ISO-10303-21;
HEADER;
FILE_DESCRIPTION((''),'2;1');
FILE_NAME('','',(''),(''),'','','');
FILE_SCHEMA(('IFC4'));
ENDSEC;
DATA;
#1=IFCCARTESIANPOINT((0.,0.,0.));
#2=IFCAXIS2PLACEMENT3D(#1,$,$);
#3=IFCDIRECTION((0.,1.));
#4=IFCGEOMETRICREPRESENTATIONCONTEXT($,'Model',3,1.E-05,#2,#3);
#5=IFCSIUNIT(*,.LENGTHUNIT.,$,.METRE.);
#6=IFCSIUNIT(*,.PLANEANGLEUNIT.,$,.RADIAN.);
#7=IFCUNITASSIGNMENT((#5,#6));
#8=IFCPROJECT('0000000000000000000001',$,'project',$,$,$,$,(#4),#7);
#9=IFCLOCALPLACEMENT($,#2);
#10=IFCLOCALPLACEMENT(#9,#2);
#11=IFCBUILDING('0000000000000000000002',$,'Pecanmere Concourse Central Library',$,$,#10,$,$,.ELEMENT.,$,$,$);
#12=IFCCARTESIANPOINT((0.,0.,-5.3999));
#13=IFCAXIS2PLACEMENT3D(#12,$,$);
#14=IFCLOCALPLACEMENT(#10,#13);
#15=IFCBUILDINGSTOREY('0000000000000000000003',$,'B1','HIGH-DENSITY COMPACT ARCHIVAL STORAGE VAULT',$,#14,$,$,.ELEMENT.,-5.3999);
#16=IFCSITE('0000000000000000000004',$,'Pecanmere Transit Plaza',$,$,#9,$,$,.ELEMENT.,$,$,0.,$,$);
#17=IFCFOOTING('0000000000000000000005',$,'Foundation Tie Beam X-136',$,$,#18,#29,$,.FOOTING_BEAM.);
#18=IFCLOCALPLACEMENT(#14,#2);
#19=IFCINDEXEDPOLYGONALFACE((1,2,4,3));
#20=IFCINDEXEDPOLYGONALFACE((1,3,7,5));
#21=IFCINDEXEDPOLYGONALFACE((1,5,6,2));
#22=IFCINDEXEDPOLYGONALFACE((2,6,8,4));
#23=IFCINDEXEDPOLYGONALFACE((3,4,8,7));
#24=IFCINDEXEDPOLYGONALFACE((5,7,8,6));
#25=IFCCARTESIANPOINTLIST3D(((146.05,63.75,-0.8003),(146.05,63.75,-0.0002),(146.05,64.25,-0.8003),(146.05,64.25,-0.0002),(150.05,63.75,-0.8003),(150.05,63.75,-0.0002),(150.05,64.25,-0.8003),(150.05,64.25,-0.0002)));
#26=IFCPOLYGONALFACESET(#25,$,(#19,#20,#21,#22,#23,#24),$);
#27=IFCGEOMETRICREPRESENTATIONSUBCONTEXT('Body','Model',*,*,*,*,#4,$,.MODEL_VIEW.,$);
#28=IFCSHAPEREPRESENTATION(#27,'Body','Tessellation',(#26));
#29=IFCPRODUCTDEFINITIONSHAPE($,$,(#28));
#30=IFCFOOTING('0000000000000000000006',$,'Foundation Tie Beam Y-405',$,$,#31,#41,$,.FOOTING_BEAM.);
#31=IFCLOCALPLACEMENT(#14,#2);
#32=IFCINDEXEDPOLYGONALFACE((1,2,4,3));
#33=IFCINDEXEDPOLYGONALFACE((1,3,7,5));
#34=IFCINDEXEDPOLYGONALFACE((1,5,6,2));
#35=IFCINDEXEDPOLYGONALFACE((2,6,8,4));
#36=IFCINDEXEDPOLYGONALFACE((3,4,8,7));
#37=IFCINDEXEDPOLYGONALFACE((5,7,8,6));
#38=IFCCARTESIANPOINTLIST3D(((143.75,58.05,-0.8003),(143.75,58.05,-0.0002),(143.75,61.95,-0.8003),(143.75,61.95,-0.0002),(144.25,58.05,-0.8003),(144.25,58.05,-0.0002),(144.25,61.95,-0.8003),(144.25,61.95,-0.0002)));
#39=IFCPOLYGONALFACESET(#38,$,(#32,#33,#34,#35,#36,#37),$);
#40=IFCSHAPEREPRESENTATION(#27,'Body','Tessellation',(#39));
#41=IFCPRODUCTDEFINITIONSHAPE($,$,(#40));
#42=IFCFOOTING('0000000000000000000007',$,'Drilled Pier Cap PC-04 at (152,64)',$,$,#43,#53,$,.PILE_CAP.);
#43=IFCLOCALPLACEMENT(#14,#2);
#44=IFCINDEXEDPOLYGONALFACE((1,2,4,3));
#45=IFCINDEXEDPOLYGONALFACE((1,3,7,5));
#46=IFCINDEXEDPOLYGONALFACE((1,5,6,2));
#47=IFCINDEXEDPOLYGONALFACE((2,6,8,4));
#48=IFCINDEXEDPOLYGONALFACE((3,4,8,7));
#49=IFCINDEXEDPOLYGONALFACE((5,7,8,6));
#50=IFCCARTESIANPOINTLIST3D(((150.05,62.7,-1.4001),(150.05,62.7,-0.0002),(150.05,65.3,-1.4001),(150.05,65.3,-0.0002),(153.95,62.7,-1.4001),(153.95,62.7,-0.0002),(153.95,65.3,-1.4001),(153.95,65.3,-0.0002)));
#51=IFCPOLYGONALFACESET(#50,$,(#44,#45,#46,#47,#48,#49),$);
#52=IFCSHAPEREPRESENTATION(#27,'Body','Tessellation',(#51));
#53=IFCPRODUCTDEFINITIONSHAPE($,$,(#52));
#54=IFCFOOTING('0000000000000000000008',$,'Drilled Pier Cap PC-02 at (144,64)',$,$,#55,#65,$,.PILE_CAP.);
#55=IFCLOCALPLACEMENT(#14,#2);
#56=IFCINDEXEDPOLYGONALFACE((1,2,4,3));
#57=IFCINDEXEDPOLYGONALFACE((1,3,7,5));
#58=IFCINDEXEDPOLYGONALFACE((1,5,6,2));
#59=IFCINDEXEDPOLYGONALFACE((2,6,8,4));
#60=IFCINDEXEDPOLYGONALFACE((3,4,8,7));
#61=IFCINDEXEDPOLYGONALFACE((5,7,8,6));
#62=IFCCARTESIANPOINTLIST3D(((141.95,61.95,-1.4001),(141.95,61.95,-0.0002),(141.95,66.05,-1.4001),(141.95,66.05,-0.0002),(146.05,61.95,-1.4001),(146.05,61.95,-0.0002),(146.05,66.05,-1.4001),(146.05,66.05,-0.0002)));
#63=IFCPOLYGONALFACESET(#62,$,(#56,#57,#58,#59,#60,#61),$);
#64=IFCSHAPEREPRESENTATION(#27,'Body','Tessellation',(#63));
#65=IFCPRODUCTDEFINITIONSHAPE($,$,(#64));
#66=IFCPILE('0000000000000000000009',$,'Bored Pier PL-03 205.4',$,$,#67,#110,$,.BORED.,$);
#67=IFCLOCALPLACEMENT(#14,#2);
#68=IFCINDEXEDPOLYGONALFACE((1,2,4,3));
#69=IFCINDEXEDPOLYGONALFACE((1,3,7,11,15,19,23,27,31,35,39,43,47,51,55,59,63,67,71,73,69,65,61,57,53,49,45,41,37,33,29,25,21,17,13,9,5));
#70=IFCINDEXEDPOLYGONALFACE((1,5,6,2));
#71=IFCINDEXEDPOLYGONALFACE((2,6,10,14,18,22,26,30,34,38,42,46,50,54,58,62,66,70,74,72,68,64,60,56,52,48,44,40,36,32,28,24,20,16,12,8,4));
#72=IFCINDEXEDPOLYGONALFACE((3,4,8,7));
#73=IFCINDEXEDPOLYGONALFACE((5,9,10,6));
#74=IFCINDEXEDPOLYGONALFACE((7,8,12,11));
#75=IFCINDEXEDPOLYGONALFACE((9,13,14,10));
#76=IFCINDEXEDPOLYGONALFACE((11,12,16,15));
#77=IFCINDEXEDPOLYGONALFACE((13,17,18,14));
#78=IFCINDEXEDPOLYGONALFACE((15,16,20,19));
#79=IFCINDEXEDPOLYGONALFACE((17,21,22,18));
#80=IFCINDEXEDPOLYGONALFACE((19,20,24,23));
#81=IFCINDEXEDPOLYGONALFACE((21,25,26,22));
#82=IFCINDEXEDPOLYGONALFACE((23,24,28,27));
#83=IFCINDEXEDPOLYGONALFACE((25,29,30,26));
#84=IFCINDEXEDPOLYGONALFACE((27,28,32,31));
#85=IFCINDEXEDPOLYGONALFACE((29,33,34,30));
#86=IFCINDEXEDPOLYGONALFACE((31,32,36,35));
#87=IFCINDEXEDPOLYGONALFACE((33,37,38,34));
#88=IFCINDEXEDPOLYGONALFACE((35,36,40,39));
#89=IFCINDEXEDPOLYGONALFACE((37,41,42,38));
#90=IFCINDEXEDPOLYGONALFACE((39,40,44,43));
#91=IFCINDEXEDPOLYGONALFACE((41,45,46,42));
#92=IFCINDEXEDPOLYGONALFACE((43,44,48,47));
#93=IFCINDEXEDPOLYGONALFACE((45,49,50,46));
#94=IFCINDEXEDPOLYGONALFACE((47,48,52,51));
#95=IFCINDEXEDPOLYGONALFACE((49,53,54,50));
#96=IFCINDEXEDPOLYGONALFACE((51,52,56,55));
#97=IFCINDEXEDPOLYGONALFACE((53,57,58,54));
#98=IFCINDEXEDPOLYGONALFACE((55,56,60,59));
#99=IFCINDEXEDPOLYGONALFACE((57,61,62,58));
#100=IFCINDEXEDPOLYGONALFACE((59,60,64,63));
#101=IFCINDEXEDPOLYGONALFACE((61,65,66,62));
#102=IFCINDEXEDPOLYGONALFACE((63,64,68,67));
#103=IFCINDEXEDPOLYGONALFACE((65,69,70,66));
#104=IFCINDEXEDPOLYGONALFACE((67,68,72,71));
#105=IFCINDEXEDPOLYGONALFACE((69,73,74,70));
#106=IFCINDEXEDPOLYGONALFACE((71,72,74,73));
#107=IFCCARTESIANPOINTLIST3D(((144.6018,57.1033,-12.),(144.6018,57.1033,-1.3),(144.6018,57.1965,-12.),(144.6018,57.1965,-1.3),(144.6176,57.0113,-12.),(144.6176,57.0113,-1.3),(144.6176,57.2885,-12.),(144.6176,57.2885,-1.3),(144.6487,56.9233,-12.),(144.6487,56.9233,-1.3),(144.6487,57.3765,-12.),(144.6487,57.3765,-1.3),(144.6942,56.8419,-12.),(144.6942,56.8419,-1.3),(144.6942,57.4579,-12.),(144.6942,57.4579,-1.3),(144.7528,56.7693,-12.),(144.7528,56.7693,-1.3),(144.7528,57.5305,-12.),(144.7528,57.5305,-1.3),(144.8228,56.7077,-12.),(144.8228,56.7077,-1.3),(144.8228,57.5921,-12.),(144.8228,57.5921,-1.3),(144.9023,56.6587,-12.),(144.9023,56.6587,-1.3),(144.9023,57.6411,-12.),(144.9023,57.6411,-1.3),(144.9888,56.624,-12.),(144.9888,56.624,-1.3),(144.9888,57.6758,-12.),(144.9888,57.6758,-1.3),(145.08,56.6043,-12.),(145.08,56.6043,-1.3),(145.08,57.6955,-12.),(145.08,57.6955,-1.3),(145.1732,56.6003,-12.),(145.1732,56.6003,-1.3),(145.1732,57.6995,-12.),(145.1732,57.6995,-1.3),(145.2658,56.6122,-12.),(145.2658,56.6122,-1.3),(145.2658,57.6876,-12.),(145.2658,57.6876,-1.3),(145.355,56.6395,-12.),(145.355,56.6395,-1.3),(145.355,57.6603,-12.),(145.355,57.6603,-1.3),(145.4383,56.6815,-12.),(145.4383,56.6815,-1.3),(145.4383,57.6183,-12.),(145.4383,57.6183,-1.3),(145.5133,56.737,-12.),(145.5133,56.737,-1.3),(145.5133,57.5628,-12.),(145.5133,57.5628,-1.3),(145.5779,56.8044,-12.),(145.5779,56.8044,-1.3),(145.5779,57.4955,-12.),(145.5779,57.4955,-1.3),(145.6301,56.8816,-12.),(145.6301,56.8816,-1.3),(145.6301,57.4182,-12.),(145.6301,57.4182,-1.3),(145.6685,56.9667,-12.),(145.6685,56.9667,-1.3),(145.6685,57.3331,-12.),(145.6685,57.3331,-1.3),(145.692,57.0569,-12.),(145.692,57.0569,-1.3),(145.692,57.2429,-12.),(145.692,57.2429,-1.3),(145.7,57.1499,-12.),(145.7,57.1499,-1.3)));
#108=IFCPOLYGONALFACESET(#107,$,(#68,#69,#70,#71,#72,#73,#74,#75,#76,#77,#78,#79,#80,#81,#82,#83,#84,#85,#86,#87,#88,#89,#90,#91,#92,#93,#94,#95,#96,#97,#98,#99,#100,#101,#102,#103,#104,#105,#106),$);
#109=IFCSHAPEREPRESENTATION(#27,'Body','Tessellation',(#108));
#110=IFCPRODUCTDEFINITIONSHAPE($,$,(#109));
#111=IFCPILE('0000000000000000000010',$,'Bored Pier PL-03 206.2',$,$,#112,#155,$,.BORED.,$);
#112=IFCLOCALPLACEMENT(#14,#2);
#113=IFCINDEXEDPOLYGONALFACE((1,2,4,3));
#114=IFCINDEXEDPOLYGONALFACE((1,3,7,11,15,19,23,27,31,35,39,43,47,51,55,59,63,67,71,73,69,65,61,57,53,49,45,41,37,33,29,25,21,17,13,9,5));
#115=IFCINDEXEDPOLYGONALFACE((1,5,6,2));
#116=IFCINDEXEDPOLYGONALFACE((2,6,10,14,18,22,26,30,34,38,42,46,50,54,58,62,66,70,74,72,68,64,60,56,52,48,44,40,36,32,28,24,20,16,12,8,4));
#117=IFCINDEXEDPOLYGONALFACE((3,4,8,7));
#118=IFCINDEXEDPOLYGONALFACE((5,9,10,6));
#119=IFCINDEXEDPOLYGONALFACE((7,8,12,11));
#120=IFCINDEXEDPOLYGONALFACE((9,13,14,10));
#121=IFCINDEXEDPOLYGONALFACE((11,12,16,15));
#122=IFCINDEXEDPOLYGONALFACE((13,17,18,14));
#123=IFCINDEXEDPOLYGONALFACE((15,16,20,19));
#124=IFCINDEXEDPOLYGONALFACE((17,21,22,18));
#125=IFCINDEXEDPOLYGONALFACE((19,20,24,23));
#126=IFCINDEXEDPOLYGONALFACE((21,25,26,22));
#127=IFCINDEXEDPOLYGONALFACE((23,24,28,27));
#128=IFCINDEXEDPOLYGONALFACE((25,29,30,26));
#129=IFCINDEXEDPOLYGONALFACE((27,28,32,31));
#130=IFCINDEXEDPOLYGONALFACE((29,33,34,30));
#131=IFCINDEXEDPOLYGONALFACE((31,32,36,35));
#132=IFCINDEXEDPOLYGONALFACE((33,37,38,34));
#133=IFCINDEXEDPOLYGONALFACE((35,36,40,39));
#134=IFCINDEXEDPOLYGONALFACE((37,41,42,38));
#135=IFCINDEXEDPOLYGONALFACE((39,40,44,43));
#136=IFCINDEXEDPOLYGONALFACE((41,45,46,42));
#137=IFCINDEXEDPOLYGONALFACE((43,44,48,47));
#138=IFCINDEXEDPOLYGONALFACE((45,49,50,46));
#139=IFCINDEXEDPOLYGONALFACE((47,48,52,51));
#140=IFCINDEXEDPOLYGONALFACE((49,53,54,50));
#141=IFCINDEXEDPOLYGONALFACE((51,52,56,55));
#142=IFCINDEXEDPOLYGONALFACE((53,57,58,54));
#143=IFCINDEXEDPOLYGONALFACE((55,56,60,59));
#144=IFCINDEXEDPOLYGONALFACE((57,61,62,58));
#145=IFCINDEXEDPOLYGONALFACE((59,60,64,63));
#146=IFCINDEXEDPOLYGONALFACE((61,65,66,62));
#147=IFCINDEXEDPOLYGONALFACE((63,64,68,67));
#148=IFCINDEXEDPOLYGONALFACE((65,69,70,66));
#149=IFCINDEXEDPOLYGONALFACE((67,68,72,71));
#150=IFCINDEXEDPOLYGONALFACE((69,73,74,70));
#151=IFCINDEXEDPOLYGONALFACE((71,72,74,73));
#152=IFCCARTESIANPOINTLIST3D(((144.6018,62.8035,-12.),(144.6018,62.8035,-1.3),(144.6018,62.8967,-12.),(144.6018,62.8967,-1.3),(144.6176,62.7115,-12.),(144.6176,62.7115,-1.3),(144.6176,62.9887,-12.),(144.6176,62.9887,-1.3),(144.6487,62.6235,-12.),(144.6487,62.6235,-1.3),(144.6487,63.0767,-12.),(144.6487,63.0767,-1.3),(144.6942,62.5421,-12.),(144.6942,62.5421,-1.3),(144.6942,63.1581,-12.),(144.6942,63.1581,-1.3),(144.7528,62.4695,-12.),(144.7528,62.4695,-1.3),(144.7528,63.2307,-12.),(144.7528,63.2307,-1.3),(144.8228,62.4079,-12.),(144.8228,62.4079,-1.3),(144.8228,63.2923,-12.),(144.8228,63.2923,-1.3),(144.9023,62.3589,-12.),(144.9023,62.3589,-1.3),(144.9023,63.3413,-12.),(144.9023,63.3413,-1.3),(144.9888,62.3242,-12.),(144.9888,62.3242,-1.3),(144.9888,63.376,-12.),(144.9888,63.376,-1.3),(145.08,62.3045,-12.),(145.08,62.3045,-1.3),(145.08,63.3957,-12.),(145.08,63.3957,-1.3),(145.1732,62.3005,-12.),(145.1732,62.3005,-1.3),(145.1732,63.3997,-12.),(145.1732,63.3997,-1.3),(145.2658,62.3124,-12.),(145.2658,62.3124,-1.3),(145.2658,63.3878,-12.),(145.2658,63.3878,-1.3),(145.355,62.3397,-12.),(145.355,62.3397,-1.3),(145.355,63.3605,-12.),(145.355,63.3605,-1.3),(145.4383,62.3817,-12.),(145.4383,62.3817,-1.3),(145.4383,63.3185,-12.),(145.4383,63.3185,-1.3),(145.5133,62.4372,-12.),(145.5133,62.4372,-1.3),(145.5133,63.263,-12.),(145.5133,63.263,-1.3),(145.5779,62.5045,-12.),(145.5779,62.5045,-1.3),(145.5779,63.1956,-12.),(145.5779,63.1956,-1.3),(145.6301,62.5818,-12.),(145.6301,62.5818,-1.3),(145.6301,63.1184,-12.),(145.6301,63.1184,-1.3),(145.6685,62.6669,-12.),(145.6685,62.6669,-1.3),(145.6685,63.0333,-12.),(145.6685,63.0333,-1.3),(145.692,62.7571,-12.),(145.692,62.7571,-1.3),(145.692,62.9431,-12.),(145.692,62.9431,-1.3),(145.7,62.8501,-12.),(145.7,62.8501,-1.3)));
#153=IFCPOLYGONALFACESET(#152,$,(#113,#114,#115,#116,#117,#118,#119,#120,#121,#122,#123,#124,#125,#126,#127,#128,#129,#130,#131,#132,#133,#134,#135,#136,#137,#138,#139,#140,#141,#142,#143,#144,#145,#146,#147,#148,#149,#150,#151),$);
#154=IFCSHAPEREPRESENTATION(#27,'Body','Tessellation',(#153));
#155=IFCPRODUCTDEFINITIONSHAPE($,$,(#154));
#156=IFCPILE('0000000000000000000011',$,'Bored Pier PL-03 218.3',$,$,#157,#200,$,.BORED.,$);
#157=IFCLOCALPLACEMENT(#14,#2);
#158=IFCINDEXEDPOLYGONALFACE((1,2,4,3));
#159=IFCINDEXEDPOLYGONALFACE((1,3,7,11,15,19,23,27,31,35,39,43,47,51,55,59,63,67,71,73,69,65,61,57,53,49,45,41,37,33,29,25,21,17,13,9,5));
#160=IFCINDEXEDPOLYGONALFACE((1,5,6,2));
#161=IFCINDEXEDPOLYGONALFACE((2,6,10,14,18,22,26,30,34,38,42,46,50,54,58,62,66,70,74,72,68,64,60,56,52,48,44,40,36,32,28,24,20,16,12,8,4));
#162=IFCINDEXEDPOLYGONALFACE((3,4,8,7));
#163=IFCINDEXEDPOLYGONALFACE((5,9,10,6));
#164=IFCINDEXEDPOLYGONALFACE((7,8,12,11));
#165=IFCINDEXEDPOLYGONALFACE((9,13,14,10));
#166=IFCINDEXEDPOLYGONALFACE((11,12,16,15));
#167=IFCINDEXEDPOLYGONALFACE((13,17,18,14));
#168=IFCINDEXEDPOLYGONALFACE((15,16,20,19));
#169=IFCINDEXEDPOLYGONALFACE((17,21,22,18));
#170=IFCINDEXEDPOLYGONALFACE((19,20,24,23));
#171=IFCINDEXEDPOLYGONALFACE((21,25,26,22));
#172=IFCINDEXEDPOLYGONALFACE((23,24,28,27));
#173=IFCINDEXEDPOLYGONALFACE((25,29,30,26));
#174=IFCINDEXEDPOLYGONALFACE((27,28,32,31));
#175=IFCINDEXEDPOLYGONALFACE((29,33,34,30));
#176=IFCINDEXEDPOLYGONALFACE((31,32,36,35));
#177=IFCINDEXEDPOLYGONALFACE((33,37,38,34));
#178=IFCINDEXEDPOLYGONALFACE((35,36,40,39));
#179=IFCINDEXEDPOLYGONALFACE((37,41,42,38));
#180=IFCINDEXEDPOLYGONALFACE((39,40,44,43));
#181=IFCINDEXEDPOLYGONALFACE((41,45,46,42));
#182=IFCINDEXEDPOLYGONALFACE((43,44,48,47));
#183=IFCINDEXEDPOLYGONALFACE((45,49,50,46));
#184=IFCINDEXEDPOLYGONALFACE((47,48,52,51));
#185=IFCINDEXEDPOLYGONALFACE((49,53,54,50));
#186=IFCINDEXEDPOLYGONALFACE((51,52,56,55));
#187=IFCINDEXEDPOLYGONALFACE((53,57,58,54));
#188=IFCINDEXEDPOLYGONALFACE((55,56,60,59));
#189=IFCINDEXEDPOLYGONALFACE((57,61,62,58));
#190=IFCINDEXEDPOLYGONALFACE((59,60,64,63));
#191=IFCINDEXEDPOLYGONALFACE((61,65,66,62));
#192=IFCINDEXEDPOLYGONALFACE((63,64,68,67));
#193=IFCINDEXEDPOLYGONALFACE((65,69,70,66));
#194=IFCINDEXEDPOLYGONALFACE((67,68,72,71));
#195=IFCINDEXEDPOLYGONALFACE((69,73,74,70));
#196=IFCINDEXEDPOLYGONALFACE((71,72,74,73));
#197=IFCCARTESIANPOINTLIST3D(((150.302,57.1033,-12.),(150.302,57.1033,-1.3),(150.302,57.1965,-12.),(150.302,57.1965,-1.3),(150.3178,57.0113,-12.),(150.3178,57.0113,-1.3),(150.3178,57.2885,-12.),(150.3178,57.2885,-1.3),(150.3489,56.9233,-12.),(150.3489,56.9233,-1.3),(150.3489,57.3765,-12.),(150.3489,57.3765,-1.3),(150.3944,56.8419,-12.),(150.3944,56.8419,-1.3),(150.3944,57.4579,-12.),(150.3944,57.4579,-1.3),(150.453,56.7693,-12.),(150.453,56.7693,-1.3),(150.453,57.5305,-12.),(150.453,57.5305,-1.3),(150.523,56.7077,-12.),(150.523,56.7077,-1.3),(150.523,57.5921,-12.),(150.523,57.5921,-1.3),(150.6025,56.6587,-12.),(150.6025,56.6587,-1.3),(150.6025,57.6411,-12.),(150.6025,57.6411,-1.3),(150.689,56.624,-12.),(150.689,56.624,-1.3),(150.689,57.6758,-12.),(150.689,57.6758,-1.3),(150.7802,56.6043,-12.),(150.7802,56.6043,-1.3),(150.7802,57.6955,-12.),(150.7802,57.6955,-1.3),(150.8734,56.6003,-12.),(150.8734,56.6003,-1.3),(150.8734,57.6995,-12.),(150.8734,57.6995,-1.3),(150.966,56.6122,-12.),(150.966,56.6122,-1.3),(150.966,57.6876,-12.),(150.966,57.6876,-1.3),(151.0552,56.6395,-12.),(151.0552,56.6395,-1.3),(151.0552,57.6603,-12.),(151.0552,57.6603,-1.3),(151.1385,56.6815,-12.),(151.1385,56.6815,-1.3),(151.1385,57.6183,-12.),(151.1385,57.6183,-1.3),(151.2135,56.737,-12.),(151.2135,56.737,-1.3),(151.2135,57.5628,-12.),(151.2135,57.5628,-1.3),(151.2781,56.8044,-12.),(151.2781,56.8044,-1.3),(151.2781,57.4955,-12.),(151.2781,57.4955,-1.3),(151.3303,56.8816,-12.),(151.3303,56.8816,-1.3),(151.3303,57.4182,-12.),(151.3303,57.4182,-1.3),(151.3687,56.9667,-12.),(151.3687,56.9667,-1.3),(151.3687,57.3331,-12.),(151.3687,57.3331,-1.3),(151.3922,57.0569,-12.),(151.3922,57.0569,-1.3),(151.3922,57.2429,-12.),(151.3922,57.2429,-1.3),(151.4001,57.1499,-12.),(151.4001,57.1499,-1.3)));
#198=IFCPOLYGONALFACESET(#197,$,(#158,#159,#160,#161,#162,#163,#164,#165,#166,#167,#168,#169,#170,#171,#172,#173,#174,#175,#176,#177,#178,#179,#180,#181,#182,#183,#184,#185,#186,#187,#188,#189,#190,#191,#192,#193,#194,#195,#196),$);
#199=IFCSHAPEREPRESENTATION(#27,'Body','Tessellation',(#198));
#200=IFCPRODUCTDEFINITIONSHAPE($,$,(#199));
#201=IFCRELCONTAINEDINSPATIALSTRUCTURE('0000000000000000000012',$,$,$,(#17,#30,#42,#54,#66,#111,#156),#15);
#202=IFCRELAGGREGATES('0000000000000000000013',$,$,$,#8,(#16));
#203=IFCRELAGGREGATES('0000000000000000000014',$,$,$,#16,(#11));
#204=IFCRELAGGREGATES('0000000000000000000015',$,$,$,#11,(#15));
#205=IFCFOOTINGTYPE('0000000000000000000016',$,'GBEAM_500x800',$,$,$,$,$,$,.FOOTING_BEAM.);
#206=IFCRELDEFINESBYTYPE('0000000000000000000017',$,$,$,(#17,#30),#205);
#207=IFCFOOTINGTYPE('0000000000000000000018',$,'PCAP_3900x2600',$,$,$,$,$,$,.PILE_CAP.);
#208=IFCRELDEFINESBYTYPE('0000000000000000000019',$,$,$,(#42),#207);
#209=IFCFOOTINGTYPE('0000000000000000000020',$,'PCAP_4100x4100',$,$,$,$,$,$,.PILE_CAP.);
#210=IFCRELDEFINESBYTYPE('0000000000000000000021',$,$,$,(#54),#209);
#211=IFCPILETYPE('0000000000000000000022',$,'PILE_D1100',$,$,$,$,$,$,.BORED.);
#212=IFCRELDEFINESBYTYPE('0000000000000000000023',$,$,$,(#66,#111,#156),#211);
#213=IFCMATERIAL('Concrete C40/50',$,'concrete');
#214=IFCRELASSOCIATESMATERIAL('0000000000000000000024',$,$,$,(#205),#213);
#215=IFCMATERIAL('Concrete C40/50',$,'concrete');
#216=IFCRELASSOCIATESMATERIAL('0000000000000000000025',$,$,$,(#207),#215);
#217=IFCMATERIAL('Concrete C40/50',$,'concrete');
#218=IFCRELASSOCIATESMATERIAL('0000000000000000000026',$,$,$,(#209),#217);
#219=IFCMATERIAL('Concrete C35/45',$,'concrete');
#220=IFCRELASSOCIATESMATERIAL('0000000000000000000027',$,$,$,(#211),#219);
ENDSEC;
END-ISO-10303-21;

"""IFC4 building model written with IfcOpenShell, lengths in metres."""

from ifc_helpers import new_model, si_unit, direction, frame, origin, origin_2d, place, context, subcontext, project, spatial, rectangle, circle, extrude, material, material_profile, profile_set, type_object, element, save


model = new_model("IFC4")

# Units and contexts
model_context = context("Model", 3, precision=1e-05, world=origin(), true_north=direction((0.0, 1.0)))
body_context = subcontext(model_context, "Body", "Model", "MODEL_VIEW")
ifc_project = project(units=[si_unit("LENGTHUNIT", "METRE"), si_unit("PLANEANGLEUNIT", "RADIAN")], contexts=[model_context])

# Site, building, storey
site_placement = place(None, origin())
site = spatial("IfcSite", under=ifc_project, at=site_placement, Name="Pecanmere Transit Plaza", CompositionType="ELEMENT", RefElevation=0.0)
building_placement = place(site_placement, origin())
building = spatial("IfcBuilding", under=site, at=building_placement, Name="Pecanmere Concourse Central Library", CompositionType="ELEMENT")
storey_placement = place(building_placement, frame((0.0, 0.0, -5.3999)))
storey = spatial("IfcBuildingStorey", under=building, at=storey_placement, Name="B1", Description="HIGH-DENSITY COMPACT ARCHIVAL STORAGE VAULT", CompositionType="ELEMENT", Elevation=-5.3999)

# Footings
ifc_material_1 = material(Name="Concrete C40/50", Category="concrete")
ifc_material_profile_1 = material_profile(ifc_material_1, rectangle(XDim=0.5, YDim=0.8, at=origin_2d()), Name="RC 500x800")
ifc_profile_set_1 = profile_set([ifc_material_profile_1], Name="Concrete C40/50")
footing_type_1 = type_object("IfcFootingType", Name="GBEAM_500x800", PredefinedType="FOOTING_BEAM", material=ifc_profile_set_1)
footing_1_placement = place(storey_placement, frame((148.05, 64.0, -0.8003), z_axis=(0.0, 0.0, 1.0), x_axis=(1.0, 0.0, 0.0)))
element("IfcFooting", 1, at=footing_1_placement, inside=storey, type_object=footing_type_1, Name="Foundation Tie Beam X-136", PredefinedType="FOOTING_BEAM", context=body_context, shape_type="SweptSolid", body=[
    extrude(rectangle(XDim=4.0, YDim=0.5, at=origin_2d()), origin(), (0.0, 0.0, 1.0), 0.8),
])
footing_2_placement = place(storey_placement, frame((144.0, 60.0, -0.8003), z_axis=(0.0, 0.0, 1.0), x_axis=(0.0, 1.0, 0.0)))
element("IfcFooting", 2, at=footing_2_placement, inside=storey, type_object=footing_type_1, Name="Foundation Tie Beam Y-405", PredefinedType="FOOTING_BEAM", context=body_context, shape_type="SweptSolid", body=[
    extrude(rectangle(XDim=3.8999, YDim=0.5, at=origin_2d()), origin(), (0.0, 0.0, 1.0), 0.8),
])
ifc_material_2 = material(Name="Concrete C40/50", Category="concrete")
footing_type_2 = type_object("IfcFootingType", Name="PCAP_3900x2600", PredefinedType="PILE_CAP", material=ifc_material_2)
footing_3_placement = place(storey_placement, frame((152.0, 64.0, -1.4001), z_axis=(0.0, 0.0, 1.0), x_axis=(1.0, 0.0, 0.0)))
element("IfcFooting", 3, at=footing_3_placement, inside=storey, type_object=footing_type_2, Name="Drilled Pier Cap PC-04 at (152,64)", PredefinedType="PILE_CAP", context=body_context, shape_type="SweptSolid", body=[
    extrude(rectangle(XDim=3.8999, YDim=2.6001, at=origin_2d()), origin(), (0.0, 0.0, 1.0), 1.3999),
])
ifc_material_3 = material(Name="Concrete C40/50", Category="concrete")
footing_type_3 = type_object("IfcFootingType", Name="PCAP_4100x4100", PredefinedType="PILE_CAP", material=ifc_material_3)
footing_4_placement = place(storey_placement, frame((144.0, 64.0, -1.4001), z_axis=(0.0, 0.0, 1.0), x_axis=(1.0, 0.0, 0.0)))
element("IfcFooting", 4, at=footing_4_placement, inside=storey, type_object=footing_type_3, Name="Drilled Pier Cap PC-02 at (144,64)", PredefinedType="PILE_CAP", context=body_context, shape_type="SweptSolid", body=[
    extrude(rectangle(XDim=4.1001, YDim=4.1001, at=origin_2d()), origin(), (0.0, 0.0, 1.0), 1.3999),
])

# Piles
ifc_material_4 = material(Name="Concrete C35/45", Category="concrete")
ifc_material_profile_2 = material_profile(ifc_material_4, circle(Radius=0.55, at=origin_2d()), Name="PIER D1100")
ifc_profile_set_2 = profile_set([ifc_material_profile_2], Name="Concrete C35/45")
pile_type_1 = type_object("IfcPileType", Name="PILE_D1100", PredefinedType="BORED", material=ifc_profile_set_2)
for number, where, z_axis, x_axis, name in (
    (5, (145.1499, 57.1499, -1.3), (0.0, 0.0, -1.0), (1.0, 0.0, 0.0), "Bored Pier PL-03 205.4"),
    (6, (145.1499, 62.8501, -1.3), (0.0, 0.0, -1.0), (1.0, 0.0, 0.0), "Bored Pier PL-03 206.2"),
    (7, (150.8501, 57.1499, -1.3), (0.0, 0.0, -1.0), (1.0, 0.0, 0.0), "Bored Pier PL-03 218.3"),
):
    element("IfcPile", number, at=place(storey_placement, frame(where, z_axis=z_axis, x_axis=x_axis)), inside=storey, type_object=pile_type_1, Name=name, PredefinedType="BORED", context=body_context, shape_type="SweptSolid", body=[
        extrude(circle(Radius=0.55, at=origin_2d()), origin(), (0.0, 0.0, 1.0), 10.7),
    ])

save(model, "model.ifc")
